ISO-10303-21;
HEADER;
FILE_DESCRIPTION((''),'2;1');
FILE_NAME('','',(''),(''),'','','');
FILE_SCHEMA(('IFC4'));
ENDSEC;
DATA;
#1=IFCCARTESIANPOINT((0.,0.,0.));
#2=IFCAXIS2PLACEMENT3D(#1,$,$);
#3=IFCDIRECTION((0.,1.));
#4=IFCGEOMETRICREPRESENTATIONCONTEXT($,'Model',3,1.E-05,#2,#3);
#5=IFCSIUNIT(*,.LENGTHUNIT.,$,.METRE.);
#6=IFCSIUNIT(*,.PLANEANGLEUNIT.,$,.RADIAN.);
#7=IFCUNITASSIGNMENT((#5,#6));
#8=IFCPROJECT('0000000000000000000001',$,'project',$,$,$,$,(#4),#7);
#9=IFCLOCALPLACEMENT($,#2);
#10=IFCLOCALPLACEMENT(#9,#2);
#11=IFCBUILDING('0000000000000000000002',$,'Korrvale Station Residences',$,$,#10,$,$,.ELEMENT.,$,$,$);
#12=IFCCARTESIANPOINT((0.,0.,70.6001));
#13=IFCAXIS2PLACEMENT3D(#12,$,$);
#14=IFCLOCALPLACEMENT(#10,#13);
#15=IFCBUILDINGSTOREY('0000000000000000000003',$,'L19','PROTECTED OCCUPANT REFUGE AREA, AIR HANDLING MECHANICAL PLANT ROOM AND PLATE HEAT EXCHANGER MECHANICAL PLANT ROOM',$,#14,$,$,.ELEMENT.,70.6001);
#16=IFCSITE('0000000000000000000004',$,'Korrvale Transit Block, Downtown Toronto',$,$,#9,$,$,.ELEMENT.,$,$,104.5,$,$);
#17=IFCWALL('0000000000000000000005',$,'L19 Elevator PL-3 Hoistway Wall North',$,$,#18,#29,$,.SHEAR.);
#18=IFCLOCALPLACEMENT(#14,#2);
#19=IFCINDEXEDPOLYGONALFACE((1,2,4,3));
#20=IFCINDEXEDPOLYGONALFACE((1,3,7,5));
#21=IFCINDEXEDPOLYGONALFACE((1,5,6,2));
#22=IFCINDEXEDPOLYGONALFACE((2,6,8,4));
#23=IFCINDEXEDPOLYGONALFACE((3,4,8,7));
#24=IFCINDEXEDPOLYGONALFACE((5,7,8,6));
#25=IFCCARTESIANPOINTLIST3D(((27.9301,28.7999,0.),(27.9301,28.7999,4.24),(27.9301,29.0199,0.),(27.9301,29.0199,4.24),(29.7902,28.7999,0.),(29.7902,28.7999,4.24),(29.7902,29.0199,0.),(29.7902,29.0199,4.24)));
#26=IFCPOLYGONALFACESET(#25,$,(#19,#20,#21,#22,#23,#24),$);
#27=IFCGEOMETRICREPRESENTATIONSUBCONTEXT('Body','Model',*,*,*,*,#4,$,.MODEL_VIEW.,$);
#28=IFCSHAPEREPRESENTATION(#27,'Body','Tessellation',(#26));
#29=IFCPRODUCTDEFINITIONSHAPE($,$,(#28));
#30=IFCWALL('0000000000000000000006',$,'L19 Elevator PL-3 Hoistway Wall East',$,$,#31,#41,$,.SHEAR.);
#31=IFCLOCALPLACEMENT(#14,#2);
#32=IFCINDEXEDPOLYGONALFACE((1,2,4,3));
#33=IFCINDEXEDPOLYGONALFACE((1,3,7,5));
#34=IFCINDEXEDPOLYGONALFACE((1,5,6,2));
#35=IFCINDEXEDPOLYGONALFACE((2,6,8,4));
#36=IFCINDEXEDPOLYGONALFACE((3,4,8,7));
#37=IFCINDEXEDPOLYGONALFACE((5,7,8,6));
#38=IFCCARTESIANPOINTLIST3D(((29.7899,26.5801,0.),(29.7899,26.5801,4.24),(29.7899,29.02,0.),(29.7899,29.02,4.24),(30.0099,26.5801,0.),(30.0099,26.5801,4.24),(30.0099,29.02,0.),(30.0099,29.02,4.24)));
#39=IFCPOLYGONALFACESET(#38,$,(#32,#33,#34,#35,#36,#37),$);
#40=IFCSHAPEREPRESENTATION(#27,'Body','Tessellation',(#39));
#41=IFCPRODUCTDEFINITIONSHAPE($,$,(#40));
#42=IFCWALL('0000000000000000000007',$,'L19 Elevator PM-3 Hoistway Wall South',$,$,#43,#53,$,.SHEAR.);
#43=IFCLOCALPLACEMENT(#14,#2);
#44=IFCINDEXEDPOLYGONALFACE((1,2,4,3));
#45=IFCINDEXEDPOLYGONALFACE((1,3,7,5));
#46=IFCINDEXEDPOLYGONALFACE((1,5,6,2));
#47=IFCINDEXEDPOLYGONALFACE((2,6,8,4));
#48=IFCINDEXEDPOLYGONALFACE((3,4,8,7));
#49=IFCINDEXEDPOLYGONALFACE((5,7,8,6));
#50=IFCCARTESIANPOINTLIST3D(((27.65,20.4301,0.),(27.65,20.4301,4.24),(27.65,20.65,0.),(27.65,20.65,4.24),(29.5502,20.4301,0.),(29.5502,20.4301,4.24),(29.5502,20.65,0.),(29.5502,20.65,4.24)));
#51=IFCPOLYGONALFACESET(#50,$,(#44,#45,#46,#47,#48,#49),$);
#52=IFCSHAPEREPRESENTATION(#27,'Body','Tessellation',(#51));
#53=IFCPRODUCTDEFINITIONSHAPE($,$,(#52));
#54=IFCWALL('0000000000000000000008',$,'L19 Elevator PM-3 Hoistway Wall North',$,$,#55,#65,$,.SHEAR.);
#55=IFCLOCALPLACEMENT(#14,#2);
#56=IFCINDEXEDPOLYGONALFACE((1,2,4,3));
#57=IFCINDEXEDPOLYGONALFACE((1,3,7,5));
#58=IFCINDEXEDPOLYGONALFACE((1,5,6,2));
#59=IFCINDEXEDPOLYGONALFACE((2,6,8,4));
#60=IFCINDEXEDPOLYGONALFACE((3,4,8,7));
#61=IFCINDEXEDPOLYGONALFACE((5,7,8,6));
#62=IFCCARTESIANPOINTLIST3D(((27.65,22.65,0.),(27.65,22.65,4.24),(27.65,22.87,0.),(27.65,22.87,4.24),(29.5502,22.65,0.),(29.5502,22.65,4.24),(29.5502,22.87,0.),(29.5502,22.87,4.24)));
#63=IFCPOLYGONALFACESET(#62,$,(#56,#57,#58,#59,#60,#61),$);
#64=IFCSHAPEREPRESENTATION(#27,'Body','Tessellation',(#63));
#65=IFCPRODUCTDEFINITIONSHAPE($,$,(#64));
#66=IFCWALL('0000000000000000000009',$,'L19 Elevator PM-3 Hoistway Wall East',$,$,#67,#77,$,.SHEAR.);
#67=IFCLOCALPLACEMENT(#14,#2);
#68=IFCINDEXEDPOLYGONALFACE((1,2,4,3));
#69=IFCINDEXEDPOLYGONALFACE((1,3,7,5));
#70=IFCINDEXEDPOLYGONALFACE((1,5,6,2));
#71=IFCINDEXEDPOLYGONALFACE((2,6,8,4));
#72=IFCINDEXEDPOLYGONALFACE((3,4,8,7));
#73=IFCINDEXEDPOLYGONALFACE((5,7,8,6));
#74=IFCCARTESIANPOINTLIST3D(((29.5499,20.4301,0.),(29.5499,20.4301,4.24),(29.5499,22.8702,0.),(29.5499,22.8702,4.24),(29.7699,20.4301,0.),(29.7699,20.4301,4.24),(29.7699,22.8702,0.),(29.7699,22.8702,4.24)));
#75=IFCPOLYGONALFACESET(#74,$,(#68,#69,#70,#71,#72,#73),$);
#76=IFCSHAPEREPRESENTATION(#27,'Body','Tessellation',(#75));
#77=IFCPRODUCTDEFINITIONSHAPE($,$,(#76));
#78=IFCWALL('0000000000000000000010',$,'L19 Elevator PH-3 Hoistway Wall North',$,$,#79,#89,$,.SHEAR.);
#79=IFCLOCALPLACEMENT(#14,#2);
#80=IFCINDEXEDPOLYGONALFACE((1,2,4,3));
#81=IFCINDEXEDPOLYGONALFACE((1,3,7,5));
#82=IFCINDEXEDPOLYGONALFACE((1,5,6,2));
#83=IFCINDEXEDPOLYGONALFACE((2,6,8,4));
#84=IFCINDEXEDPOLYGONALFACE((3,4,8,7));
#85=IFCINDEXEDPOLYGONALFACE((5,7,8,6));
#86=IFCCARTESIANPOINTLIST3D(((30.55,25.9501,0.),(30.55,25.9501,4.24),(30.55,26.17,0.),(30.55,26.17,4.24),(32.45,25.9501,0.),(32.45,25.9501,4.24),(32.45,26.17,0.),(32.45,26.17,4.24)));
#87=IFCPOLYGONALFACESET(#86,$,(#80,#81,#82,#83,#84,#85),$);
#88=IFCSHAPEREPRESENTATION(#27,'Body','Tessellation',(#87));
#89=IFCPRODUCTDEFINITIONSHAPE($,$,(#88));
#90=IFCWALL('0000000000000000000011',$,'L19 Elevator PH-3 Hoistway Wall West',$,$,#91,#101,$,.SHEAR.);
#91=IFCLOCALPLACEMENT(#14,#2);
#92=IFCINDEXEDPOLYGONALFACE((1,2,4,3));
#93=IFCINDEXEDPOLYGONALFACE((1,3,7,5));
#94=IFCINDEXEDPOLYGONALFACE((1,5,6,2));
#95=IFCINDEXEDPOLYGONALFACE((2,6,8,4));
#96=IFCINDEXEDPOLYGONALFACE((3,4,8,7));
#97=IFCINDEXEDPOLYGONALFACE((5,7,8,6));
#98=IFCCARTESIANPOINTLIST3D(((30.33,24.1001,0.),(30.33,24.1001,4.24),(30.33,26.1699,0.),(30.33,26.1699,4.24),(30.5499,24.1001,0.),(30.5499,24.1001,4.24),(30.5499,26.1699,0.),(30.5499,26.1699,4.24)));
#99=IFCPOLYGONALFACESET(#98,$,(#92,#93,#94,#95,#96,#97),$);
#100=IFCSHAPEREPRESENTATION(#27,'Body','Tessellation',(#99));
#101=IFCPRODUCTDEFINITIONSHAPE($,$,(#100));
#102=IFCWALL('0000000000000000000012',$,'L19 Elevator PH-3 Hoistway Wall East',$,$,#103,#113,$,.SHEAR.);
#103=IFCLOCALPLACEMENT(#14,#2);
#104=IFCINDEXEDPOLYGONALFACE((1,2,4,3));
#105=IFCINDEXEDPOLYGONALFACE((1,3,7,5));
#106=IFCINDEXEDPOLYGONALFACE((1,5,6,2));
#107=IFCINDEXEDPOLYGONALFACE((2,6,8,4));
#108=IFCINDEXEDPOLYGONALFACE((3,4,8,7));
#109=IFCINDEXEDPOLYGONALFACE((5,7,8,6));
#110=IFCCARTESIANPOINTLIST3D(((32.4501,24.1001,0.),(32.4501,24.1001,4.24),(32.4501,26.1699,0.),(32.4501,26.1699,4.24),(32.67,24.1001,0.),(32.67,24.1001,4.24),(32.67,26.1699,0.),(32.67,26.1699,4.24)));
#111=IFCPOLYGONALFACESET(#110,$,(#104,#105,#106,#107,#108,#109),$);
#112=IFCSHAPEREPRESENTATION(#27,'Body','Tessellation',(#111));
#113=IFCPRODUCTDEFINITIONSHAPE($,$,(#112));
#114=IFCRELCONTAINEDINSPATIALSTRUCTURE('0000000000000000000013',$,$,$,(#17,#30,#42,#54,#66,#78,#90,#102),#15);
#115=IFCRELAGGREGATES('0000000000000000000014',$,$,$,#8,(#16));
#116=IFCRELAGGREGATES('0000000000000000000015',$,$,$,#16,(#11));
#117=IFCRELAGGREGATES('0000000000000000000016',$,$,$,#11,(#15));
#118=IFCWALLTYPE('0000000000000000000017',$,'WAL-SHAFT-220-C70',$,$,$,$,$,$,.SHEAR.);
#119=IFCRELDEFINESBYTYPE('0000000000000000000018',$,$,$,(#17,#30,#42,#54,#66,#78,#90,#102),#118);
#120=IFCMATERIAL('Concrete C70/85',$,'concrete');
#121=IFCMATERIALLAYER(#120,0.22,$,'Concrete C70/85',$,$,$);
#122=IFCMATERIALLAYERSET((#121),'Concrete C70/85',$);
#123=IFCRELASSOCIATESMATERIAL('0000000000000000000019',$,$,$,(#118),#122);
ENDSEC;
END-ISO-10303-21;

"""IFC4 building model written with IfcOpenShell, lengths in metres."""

from ifc_helpers import new_model, si_unit, direction, frame, frame_2d, origin, place, context, subcontext, project, spatial, rectangle, extrude, material, layer, layer_set, type_object, element, save


model = new_model("IFC4")

# Units and contexts
model_context = context("Model", 3, precision=1e-05, world=origin(), true_north=direction((0.0, 1.0)))
body_context = subcontext(model_context, "Body", "Model", "MODEL_VIEW")
ifc_project = project(units=[si_unit("LENGTHUNIT", "METRE"), si_unit("PLANEANGLEUNIT", "RADIAN")], contexts=[model_context])

# Site, building, storey
site_placement = place(None, origin())
site = spatial("IfcSite", under=ifc_project, at=site_placement, Name="Korrvale Transit Block, Downtown Toronto", CompositionType="ELEMENT", RefElevation=104.5)
building_placement = place(site_placement, origin())
building = spatial("IfcBuilding", under=site, at=building_placement, Name="Korrvale Station Residences", CompositionType="ELEMENT")
storey_placement = place(building_placement, frame((0.0, 0.0, 70.6001)))
storey = spatial("IfcBuildingStorey", under=building, at=storey_placement, Name="L19", Description="PROTECTED OCCUPANT REFUGE AREA, AIR HANDLING MECHANICAL PLANT ROOM AND PLATE HEAT EXCHANGER MECHANICAL PLANT ROOM", CompositionType="ELEMENT", Elevation=70.6001)

# Shared definitions
ifc_material_1 = material(Name="Concrete C70/85", Category="concrete")

# Shared definitions
ifc_layer_1 = layer(ifc_material_1, 0.22, Name="Concrete C70/85")
ifc_layer_set_1 = layer_set([ifc_layer_1], Name="Concrete C70/85")
wall_type_1 = type_object("IfcWallType", Name="WAL-SHAFT-220-C70", PredefinedType="SHEAR", material=ifc_layer_set_1)

# Walls
wall_1_placement = place(storey_placement, frame((27.9299, 28.9099, 0.0), z_axis=(0.0, 0.0, 1.0), x_axis=(1.0, 0.0, 0.0)))
element("IfcWall", 1, at=wall_1_placement, inside=storey, type_object=wall_type_1, Name="L19 Elevator PL-3 Hoistway Wall North", PredefinedType="SHEAR", context=body_context, shape_type="SweptSolid", body=[
    extrude(rectangle(XDim=1.8601, YDim=0.22, at=frame_2d((0.9302, 0.0))), origin(), (0.0, 0.0, 1.0), 4.24),
])
wall_2_placement = place(storey_placement, frame((29.8999, 26.5801, 0.0), z_axis=(0.0, 0.0, 1.0), x_axis=(0.0, 1.0, 0.0)))
element("IfcWall", 2, at=wall_2_placement, inside=storey, type_object=wall_type_1, Name="L19 Elevator PL-3 Hoistway Wall East", PredefinedType="SHEAR", context=body_context, shape_type="SweptSolid", body=[
    extrude(rectangle(XDim=2.4399, YDim=0.22, at=frame_2d((1.22, 0.0))), origin(), (0.0, 0.0, 1.0), 4.24),
])
for number, where, z_axis, x_axis, name in (
    (3, (27.6499, 20.54, 0.0), (0.0, 0.0, 1.0), (1.0, 0.0, 0.0), "L19 Elevator PM-3 Hoistway Wall South"),
    (4, (27.6499, 22.76, 0.0), (0.0, 0.0, 1.0), (1.0, 0.0, 0.0), "L19 Elevator PM-3 Hoistway Wall North"),
):
    element("IfcWall", number, at=place(storey_placement, frame(where, z_axis=z_axis, x_axis=x_axis)), inside=storey, type_object=wall_type_1, Name=name, PredefinedType="SHEAR", context=body_context, shape_type="SweptSolid", body=[
        extrude(rectangle(XDim=1.9001, YDim=0.22, at=frame_2d((0.9502, 0.0))), origin(), (0.0, 0.0, 1.0), 4.24),
    ])
wall_3_placement = place(storey_placement, frame((29.6599, 20.4299, 0.0), z_axis=(0.0, 0.0, 1.0), x_axis=(0.0, 1.0, 0.0)))
element("IfcWall", 5, at=wall_3_placement, inside=storey, type_object=wall_type_1, Name="L19 Elevator PM-3 Hoistway Wall East", PredefinedType="SHEAR", context=body_context, shape_type="SweptSolid", body=[
    extrude(rectangle(XDim=2.4402, YDim=0.22, at=frame_2d((1.2202, 0.0))), origin(), (0.0, 0.0, 1.0), 4.24),
])
wall_4_placement = place(storey_placement, frame((30.55, 26.0601, 0.0), z_axis=(0.0, 0.0, 1.0), x_axis=(1.0, 0.0, 0.0)))
element("IfcWall", 6, at=wall_4_placement, inside=storey, type_object=wall_type_1, Name="L19 Elevator PH-3 Hoistway Wall North", PredefinedType="SHEAR", context=body_context, shape_type="SweptSolid", body=[
    extrude(rectangle(XDim=1.8999, YDim=0.22, at=frame_2d((0.95, 0.0))), origin(), (0.0, 0.0, 1.0), 4.24),
])
for number, where, z_axis, x_axis, name in (
    (7, (30.4399, 24.1001, 0.0), (0.0, 0.0, 1.0), (0.0, 1.0, 0.0), "L19 Elevator PH-3 Hoistway Wall West"),
    (8, (32.5601, 24.1001, 0.0), (0.0, 0.0, 1.0), (0.0, 1.0, 0.0), "L19 Elevator PH-3 Hoistway Wall East"),
):
    element("IfcWall", number, at=place(storey_placement, frame(where, z_axis=z_axis, x_axis=x_axis)), inside=storey, type_object=wall_type_1, Name=name, PredefinedType="SHEAR", context=body_context, shape_type="SweptSolid", body=[
        extrude(rectangle(XDim=2.0698, YDim=0.22, at=frame_2d((1.0349, 0.0))), origin(), (0.0, 0.0, 1.0), 4.24),
    ])

save(model, "model.ifc")
